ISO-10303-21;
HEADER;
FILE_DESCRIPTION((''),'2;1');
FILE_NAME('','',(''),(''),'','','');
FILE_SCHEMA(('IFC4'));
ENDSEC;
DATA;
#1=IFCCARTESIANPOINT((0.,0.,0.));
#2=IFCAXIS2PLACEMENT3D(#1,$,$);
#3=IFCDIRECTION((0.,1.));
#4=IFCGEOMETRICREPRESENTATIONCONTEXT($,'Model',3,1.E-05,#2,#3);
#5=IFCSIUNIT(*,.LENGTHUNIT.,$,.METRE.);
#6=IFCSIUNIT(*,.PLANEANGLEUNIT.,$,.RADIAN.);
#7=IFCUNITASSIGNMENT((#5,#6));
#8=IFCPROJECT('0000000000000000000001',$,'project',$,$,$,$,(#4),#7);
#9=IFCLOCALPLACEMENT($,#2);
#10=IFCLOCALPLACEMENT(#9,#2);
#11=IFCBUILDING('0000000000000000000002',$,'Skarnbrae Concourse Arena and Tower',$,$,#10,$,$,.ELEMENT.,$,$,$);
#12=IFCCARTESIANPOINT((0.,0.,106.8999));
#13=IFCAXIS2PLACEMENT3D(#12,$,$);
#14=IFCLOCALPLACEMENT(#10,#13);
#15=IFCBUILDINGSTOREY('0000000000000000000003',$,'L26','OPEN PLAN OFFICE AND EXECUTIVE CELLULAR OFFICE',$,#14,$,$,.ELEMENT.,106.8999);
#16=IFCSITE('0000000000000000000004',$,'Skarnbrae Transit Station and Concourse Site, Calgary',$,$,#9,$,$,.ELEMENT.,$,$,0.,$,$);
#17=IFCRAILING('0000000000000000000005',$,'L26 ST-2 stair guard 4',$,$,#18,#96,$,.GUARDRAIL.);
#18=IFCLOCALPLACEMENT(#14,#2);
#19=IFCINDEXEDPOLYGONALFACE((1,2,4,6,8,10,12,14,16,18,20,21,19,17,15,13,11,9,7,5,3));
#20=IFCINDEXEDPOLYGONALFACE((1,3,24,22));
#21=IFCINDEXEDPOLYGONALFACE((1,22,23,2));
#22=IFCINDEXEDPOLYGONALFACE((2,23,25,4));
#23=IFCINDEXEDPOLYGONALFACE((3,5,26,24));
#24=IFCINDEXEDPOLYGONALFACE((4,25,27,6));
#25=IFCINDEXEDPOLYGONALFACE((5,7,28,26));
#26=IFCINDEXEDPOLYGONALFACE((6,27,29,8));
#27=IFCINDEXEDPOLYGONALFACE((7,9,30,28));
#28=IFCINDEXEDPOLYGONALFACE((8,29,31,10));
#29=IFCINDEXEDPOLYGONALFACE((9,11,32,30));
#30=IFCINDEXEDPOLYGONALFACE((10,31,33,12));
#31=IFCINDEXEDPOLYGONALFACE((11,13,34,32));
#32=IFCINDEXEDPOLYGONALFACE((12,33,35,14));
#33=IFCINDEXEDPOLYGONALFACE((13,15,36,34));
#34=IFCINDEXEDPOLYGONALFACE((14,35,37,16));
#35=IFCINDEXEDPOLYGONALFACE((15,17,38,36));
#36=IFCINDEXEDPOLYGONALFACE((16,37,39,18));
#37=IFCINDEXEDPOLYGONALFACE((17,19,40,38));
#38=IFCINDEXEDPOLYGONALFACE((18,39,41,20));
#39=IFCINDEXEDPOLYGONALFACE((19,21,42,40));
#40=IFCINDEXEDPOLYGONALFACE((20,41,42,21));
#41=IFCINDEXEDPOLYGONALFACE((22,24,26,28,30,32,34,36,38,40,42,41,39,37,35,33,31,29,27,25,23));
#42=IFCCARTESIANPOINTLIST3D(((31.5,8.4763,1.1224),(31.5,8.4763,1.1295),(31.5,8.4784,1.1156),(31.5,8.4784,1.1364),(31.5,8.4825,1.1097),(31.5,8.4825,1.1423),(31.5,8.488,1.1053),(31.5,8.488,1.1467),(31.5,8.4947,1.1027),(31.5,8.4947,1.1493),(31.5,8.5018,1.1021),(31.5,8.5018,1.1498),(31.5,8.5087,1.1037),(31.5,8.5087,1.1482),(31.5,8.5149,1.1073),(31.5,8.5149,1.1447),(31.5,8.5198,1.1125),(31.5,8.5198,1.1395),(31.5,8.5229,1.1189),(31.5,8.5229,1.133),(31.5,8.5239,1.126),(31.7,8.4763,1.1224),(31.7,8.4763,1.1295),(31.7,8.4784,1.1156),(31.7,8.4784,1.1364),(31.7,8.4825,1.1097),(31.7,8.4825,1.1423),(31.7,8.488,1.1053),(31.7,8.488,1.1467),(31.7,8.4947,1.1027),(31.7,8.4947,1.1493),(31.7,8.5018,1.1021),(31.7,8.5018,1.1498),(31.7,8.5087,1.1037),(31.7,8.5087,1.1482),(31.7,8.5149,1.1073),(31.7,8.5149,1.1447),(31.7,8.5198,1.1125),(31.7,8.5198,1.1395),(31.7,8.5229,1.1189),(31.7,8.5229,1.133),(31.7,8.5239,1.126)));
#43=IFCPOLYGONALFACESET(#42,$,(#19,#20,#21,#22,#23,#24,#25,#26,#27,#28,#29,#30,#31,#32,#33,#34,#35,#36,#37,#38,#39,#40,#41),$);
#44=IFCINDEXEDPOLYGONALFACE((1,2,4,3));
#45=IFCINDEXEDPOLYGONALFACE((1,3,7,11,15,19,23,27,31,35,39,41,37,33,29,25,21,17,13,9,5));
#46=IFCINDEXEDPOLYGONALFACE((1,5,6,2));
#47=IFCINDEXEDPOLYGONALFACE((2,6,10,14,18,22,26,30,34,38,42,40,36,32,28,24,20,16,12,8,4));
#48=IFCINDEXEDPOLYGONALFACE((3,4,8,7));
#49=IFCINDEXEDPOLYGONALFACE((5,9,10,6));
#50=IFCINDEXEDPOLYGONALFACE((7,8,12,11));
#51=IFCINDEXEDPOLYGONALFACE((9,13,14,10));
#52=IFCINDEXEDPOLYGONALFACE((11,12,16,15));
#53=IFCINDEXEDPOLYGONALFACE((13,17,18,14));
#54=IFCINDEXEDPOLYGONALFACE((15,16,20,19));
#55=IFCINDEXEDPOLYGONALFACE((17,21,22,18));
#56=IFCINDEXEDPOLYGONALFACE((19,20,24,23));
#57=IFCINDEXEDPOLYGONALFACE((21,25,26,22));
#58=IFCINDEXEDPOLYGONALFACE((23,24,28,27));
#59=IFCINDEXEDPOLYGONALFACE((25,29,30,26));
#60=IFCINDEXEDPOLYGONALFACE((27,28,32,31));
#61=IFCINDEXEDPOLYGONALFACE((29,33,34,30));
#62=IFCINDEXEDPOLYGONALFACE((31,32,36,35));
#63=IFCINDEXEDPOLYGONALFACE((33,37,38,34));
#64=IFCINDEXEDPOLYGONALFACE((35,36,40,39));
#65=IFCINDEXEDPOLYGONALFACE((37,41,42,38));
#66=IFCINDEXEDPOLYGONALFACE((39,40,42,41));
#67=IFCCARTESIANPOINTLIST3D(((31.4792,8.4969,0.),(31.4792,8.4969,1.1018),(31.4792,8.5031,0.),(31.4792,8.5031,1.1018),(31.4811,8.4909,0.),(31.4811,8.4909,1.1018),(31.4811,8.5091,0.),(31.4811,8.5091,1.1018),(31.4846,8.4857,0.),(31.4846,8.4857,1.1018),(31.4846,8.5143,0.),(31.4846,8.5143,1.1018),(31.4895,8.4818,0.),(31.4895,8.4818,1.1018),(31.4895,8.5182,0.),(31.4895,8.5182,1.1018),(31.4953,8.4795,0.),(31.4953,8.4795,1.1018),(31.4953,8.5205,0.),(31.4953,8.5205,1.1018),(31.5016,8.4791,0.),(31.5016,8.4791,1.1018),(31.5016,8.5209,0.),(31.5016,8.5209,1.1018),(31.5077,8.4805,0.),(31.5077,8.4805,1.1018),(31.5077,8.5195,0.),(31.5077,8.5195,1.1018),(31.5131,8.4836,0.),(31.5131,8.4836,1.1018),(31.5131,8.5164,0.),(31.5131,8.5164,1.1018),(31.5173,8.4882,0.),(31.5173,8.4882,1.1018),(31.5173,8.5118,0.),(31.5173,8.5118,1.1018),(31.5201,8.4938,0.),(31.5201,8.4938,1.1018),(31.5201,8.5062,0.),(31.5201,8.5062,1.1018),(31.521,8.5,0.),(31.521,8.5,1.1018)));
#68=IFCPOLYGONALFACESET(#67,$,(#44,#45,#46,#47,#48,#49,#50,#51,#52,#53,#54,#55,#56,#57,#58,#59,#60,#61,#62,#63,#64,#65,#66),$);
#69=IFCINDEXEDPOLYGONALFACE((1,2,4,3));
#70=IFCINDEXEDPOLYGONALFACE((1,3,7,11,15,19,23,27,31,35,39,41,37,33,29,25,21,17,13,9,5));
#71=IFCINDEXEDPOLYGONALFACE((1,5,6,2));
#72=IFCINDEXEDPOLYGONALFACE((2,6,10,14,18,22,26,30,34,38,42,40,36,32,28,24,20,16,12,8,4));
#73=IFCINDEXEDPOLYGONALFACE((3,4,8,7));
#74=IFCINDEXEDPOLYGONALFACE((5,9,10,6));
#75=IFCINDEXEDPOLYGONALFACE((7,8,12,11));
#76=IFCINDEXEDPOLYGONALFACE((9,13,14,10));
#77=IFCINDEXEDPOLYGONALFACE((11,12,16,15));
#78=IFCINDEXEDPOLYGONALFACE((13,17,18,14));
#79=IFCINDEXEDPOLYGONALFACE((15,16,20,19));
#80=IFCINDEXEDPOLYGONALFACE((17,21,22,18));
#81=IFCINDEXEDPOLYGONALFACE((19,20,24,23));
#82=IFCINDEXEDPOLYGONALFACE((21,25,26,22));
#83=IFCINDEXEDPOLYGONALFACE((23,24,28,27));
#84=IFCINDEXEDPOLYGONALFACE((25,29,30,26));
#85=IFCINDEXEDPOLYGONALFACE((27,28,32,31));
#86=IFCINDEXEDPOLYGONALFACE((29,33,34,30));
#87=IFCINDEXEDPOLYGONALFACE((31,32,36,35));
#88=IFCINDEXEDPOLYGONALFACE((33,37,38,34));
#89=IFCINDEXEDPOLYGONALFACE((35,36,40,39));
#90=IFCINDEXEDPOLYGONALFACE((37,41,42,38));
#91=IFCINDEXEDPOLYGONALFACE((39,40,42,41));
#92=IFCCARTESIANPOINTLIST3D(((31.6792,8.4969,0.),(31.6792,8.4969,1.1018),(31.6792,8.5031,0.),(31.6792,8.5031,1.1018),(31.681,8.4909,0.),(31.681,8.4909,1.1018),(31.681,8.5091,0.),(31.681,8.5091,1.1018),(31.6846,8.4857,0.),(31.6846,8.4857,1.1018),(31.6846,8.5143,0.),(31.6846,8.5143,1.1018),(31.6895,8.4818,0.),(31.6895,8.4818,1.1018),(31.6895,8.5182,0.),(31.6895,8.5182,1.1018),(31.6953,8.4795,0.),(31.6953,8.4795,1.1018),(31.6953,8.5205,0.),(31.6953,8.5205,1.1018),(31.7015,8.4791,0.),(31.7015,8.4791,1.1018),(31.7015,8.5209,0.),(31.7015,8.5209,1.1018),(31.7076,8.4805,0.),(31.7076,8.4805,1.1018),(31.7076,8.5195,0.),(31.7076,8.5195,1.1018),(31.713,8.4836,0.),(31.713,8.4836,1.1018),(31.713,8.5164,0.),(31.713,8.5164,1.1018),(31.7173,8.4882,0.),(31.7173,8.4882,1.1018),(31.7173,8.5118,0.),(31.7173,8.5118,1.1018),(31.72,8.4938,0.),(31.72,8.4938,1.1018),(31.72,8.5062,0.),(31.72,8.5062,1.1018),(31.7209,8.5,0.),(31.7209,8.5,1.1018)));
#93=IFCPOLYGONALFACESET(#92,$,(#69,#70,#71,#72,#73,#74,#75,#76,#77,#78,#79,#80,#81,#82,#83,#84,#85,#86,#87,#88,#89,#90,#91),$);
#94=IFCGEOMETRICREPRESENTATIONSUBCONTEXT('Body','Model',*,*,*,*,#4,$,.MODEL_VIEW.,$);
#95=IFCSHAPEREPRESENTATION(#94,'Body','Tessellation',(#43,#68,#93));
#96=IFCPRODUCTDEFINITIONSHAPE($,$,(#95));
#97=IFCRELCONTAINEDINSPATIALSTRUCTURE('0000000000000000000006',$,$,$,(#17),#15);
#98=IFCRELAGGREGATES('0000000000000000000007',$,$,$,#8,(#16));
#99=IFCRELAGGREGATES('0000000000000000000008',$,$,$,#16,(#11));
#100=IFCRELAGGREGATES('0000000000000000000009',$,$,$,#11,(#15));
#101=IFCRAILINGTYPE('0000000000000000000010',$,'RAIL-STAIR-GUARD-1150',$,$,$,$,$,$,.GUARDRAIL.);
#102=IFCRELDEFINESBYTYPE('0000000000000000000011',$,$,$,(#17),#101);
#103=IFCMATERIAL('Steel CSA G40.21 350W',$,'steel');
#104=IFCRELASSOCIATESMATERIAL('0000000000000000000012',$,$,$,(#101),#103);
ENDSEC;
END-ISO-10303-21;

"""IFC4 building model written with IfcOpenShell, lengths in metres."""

from ifc_helpers import new_model, si_unit, direction, frame, origin, origin_2d, place, context, subcontext, project, spatial, circle, extrude, material, type_object, element, save


model = new_model("IFC4")

# Units and contexts
model_context = context("Model", 3, precision=1e-05, world=origin(), true_north=direction((0.0, 1.0)))
body_context = subcontext(model_context, "Body", "Model", "MODEL_VIEW")
ifc_project = project(units=[si_unit("LENGTHUNIT", "METRE"), si_unit("PLANEANGLEUNIT", "RADIAN")], contexts=[model_context])

# Site, building, storey
site_placement = place(None, origin())
site = spatial("IfcSite", under=ifc_project, at=site_placement, Name="Skarnbrae Transit Station and Concourse Site, Calgary", CompositionType="ELEMENT", RefElevation=0.0)
building_placement = place(site_placement, origin())
building = spatial("IfcBuilding", under=site, at=building_placement, Name="Skarnbrae Concourse Arena and Tower", CompositionType="ELEMENT")
storey_placement = place(building_placement, frame((0.0, 0.0, 106.8999)))
storey = spatial("IfcBuildingStorey", under=building, at=storey_placement, Name="L26", Description="OPEN PLAN OFFICE AND EXECUTIVE CELLULAR OFFICE", CompositionType="ELEMENT", Elevation=106.8999)

# Railing
ifc_material_1 = material(Name="Steel CSA G40.21 350W", Category="steel")
railing_type_1 = type_object("IfcRailingType", Name="RAIL-STAIR-GUARD-1150", PredefinedType="GUARDRAIL", material=ifc_material_1)
railing_1_placement = place(storey_placement, frame((31.5, 8.5, 0.0)))
element("IfcRailing", 1, at=railing_1_placement, inside=storey, type_object=railing_type_1, Name="L26 ST-2 stair guard 4", PredefinedType="GUARDRAIL", context=body_context, shape_type="SweptSolid", body=[
    extrude(circle(Radius=0.0239, at=origin_2d()), frame((0.0, 0.0, 1.126), z_axis=(1.0, 0.0, 0.0), x_axis=(0.0, 1.0, 0.0)), (0.0, 0.0, 1.0), 0.2),
    extrude(circle(Radius=0.021, at=origin_2d()), origin(), (0.0, 0.0, 1.0), 1.1018),
    extrude(circle(Radius=0.021, at=origin_2d()), frame((0.2, 0.0, 0.0)), (0.0, 0.0, 1.0), 1.1018),
])

save(model, "model.ifc")
